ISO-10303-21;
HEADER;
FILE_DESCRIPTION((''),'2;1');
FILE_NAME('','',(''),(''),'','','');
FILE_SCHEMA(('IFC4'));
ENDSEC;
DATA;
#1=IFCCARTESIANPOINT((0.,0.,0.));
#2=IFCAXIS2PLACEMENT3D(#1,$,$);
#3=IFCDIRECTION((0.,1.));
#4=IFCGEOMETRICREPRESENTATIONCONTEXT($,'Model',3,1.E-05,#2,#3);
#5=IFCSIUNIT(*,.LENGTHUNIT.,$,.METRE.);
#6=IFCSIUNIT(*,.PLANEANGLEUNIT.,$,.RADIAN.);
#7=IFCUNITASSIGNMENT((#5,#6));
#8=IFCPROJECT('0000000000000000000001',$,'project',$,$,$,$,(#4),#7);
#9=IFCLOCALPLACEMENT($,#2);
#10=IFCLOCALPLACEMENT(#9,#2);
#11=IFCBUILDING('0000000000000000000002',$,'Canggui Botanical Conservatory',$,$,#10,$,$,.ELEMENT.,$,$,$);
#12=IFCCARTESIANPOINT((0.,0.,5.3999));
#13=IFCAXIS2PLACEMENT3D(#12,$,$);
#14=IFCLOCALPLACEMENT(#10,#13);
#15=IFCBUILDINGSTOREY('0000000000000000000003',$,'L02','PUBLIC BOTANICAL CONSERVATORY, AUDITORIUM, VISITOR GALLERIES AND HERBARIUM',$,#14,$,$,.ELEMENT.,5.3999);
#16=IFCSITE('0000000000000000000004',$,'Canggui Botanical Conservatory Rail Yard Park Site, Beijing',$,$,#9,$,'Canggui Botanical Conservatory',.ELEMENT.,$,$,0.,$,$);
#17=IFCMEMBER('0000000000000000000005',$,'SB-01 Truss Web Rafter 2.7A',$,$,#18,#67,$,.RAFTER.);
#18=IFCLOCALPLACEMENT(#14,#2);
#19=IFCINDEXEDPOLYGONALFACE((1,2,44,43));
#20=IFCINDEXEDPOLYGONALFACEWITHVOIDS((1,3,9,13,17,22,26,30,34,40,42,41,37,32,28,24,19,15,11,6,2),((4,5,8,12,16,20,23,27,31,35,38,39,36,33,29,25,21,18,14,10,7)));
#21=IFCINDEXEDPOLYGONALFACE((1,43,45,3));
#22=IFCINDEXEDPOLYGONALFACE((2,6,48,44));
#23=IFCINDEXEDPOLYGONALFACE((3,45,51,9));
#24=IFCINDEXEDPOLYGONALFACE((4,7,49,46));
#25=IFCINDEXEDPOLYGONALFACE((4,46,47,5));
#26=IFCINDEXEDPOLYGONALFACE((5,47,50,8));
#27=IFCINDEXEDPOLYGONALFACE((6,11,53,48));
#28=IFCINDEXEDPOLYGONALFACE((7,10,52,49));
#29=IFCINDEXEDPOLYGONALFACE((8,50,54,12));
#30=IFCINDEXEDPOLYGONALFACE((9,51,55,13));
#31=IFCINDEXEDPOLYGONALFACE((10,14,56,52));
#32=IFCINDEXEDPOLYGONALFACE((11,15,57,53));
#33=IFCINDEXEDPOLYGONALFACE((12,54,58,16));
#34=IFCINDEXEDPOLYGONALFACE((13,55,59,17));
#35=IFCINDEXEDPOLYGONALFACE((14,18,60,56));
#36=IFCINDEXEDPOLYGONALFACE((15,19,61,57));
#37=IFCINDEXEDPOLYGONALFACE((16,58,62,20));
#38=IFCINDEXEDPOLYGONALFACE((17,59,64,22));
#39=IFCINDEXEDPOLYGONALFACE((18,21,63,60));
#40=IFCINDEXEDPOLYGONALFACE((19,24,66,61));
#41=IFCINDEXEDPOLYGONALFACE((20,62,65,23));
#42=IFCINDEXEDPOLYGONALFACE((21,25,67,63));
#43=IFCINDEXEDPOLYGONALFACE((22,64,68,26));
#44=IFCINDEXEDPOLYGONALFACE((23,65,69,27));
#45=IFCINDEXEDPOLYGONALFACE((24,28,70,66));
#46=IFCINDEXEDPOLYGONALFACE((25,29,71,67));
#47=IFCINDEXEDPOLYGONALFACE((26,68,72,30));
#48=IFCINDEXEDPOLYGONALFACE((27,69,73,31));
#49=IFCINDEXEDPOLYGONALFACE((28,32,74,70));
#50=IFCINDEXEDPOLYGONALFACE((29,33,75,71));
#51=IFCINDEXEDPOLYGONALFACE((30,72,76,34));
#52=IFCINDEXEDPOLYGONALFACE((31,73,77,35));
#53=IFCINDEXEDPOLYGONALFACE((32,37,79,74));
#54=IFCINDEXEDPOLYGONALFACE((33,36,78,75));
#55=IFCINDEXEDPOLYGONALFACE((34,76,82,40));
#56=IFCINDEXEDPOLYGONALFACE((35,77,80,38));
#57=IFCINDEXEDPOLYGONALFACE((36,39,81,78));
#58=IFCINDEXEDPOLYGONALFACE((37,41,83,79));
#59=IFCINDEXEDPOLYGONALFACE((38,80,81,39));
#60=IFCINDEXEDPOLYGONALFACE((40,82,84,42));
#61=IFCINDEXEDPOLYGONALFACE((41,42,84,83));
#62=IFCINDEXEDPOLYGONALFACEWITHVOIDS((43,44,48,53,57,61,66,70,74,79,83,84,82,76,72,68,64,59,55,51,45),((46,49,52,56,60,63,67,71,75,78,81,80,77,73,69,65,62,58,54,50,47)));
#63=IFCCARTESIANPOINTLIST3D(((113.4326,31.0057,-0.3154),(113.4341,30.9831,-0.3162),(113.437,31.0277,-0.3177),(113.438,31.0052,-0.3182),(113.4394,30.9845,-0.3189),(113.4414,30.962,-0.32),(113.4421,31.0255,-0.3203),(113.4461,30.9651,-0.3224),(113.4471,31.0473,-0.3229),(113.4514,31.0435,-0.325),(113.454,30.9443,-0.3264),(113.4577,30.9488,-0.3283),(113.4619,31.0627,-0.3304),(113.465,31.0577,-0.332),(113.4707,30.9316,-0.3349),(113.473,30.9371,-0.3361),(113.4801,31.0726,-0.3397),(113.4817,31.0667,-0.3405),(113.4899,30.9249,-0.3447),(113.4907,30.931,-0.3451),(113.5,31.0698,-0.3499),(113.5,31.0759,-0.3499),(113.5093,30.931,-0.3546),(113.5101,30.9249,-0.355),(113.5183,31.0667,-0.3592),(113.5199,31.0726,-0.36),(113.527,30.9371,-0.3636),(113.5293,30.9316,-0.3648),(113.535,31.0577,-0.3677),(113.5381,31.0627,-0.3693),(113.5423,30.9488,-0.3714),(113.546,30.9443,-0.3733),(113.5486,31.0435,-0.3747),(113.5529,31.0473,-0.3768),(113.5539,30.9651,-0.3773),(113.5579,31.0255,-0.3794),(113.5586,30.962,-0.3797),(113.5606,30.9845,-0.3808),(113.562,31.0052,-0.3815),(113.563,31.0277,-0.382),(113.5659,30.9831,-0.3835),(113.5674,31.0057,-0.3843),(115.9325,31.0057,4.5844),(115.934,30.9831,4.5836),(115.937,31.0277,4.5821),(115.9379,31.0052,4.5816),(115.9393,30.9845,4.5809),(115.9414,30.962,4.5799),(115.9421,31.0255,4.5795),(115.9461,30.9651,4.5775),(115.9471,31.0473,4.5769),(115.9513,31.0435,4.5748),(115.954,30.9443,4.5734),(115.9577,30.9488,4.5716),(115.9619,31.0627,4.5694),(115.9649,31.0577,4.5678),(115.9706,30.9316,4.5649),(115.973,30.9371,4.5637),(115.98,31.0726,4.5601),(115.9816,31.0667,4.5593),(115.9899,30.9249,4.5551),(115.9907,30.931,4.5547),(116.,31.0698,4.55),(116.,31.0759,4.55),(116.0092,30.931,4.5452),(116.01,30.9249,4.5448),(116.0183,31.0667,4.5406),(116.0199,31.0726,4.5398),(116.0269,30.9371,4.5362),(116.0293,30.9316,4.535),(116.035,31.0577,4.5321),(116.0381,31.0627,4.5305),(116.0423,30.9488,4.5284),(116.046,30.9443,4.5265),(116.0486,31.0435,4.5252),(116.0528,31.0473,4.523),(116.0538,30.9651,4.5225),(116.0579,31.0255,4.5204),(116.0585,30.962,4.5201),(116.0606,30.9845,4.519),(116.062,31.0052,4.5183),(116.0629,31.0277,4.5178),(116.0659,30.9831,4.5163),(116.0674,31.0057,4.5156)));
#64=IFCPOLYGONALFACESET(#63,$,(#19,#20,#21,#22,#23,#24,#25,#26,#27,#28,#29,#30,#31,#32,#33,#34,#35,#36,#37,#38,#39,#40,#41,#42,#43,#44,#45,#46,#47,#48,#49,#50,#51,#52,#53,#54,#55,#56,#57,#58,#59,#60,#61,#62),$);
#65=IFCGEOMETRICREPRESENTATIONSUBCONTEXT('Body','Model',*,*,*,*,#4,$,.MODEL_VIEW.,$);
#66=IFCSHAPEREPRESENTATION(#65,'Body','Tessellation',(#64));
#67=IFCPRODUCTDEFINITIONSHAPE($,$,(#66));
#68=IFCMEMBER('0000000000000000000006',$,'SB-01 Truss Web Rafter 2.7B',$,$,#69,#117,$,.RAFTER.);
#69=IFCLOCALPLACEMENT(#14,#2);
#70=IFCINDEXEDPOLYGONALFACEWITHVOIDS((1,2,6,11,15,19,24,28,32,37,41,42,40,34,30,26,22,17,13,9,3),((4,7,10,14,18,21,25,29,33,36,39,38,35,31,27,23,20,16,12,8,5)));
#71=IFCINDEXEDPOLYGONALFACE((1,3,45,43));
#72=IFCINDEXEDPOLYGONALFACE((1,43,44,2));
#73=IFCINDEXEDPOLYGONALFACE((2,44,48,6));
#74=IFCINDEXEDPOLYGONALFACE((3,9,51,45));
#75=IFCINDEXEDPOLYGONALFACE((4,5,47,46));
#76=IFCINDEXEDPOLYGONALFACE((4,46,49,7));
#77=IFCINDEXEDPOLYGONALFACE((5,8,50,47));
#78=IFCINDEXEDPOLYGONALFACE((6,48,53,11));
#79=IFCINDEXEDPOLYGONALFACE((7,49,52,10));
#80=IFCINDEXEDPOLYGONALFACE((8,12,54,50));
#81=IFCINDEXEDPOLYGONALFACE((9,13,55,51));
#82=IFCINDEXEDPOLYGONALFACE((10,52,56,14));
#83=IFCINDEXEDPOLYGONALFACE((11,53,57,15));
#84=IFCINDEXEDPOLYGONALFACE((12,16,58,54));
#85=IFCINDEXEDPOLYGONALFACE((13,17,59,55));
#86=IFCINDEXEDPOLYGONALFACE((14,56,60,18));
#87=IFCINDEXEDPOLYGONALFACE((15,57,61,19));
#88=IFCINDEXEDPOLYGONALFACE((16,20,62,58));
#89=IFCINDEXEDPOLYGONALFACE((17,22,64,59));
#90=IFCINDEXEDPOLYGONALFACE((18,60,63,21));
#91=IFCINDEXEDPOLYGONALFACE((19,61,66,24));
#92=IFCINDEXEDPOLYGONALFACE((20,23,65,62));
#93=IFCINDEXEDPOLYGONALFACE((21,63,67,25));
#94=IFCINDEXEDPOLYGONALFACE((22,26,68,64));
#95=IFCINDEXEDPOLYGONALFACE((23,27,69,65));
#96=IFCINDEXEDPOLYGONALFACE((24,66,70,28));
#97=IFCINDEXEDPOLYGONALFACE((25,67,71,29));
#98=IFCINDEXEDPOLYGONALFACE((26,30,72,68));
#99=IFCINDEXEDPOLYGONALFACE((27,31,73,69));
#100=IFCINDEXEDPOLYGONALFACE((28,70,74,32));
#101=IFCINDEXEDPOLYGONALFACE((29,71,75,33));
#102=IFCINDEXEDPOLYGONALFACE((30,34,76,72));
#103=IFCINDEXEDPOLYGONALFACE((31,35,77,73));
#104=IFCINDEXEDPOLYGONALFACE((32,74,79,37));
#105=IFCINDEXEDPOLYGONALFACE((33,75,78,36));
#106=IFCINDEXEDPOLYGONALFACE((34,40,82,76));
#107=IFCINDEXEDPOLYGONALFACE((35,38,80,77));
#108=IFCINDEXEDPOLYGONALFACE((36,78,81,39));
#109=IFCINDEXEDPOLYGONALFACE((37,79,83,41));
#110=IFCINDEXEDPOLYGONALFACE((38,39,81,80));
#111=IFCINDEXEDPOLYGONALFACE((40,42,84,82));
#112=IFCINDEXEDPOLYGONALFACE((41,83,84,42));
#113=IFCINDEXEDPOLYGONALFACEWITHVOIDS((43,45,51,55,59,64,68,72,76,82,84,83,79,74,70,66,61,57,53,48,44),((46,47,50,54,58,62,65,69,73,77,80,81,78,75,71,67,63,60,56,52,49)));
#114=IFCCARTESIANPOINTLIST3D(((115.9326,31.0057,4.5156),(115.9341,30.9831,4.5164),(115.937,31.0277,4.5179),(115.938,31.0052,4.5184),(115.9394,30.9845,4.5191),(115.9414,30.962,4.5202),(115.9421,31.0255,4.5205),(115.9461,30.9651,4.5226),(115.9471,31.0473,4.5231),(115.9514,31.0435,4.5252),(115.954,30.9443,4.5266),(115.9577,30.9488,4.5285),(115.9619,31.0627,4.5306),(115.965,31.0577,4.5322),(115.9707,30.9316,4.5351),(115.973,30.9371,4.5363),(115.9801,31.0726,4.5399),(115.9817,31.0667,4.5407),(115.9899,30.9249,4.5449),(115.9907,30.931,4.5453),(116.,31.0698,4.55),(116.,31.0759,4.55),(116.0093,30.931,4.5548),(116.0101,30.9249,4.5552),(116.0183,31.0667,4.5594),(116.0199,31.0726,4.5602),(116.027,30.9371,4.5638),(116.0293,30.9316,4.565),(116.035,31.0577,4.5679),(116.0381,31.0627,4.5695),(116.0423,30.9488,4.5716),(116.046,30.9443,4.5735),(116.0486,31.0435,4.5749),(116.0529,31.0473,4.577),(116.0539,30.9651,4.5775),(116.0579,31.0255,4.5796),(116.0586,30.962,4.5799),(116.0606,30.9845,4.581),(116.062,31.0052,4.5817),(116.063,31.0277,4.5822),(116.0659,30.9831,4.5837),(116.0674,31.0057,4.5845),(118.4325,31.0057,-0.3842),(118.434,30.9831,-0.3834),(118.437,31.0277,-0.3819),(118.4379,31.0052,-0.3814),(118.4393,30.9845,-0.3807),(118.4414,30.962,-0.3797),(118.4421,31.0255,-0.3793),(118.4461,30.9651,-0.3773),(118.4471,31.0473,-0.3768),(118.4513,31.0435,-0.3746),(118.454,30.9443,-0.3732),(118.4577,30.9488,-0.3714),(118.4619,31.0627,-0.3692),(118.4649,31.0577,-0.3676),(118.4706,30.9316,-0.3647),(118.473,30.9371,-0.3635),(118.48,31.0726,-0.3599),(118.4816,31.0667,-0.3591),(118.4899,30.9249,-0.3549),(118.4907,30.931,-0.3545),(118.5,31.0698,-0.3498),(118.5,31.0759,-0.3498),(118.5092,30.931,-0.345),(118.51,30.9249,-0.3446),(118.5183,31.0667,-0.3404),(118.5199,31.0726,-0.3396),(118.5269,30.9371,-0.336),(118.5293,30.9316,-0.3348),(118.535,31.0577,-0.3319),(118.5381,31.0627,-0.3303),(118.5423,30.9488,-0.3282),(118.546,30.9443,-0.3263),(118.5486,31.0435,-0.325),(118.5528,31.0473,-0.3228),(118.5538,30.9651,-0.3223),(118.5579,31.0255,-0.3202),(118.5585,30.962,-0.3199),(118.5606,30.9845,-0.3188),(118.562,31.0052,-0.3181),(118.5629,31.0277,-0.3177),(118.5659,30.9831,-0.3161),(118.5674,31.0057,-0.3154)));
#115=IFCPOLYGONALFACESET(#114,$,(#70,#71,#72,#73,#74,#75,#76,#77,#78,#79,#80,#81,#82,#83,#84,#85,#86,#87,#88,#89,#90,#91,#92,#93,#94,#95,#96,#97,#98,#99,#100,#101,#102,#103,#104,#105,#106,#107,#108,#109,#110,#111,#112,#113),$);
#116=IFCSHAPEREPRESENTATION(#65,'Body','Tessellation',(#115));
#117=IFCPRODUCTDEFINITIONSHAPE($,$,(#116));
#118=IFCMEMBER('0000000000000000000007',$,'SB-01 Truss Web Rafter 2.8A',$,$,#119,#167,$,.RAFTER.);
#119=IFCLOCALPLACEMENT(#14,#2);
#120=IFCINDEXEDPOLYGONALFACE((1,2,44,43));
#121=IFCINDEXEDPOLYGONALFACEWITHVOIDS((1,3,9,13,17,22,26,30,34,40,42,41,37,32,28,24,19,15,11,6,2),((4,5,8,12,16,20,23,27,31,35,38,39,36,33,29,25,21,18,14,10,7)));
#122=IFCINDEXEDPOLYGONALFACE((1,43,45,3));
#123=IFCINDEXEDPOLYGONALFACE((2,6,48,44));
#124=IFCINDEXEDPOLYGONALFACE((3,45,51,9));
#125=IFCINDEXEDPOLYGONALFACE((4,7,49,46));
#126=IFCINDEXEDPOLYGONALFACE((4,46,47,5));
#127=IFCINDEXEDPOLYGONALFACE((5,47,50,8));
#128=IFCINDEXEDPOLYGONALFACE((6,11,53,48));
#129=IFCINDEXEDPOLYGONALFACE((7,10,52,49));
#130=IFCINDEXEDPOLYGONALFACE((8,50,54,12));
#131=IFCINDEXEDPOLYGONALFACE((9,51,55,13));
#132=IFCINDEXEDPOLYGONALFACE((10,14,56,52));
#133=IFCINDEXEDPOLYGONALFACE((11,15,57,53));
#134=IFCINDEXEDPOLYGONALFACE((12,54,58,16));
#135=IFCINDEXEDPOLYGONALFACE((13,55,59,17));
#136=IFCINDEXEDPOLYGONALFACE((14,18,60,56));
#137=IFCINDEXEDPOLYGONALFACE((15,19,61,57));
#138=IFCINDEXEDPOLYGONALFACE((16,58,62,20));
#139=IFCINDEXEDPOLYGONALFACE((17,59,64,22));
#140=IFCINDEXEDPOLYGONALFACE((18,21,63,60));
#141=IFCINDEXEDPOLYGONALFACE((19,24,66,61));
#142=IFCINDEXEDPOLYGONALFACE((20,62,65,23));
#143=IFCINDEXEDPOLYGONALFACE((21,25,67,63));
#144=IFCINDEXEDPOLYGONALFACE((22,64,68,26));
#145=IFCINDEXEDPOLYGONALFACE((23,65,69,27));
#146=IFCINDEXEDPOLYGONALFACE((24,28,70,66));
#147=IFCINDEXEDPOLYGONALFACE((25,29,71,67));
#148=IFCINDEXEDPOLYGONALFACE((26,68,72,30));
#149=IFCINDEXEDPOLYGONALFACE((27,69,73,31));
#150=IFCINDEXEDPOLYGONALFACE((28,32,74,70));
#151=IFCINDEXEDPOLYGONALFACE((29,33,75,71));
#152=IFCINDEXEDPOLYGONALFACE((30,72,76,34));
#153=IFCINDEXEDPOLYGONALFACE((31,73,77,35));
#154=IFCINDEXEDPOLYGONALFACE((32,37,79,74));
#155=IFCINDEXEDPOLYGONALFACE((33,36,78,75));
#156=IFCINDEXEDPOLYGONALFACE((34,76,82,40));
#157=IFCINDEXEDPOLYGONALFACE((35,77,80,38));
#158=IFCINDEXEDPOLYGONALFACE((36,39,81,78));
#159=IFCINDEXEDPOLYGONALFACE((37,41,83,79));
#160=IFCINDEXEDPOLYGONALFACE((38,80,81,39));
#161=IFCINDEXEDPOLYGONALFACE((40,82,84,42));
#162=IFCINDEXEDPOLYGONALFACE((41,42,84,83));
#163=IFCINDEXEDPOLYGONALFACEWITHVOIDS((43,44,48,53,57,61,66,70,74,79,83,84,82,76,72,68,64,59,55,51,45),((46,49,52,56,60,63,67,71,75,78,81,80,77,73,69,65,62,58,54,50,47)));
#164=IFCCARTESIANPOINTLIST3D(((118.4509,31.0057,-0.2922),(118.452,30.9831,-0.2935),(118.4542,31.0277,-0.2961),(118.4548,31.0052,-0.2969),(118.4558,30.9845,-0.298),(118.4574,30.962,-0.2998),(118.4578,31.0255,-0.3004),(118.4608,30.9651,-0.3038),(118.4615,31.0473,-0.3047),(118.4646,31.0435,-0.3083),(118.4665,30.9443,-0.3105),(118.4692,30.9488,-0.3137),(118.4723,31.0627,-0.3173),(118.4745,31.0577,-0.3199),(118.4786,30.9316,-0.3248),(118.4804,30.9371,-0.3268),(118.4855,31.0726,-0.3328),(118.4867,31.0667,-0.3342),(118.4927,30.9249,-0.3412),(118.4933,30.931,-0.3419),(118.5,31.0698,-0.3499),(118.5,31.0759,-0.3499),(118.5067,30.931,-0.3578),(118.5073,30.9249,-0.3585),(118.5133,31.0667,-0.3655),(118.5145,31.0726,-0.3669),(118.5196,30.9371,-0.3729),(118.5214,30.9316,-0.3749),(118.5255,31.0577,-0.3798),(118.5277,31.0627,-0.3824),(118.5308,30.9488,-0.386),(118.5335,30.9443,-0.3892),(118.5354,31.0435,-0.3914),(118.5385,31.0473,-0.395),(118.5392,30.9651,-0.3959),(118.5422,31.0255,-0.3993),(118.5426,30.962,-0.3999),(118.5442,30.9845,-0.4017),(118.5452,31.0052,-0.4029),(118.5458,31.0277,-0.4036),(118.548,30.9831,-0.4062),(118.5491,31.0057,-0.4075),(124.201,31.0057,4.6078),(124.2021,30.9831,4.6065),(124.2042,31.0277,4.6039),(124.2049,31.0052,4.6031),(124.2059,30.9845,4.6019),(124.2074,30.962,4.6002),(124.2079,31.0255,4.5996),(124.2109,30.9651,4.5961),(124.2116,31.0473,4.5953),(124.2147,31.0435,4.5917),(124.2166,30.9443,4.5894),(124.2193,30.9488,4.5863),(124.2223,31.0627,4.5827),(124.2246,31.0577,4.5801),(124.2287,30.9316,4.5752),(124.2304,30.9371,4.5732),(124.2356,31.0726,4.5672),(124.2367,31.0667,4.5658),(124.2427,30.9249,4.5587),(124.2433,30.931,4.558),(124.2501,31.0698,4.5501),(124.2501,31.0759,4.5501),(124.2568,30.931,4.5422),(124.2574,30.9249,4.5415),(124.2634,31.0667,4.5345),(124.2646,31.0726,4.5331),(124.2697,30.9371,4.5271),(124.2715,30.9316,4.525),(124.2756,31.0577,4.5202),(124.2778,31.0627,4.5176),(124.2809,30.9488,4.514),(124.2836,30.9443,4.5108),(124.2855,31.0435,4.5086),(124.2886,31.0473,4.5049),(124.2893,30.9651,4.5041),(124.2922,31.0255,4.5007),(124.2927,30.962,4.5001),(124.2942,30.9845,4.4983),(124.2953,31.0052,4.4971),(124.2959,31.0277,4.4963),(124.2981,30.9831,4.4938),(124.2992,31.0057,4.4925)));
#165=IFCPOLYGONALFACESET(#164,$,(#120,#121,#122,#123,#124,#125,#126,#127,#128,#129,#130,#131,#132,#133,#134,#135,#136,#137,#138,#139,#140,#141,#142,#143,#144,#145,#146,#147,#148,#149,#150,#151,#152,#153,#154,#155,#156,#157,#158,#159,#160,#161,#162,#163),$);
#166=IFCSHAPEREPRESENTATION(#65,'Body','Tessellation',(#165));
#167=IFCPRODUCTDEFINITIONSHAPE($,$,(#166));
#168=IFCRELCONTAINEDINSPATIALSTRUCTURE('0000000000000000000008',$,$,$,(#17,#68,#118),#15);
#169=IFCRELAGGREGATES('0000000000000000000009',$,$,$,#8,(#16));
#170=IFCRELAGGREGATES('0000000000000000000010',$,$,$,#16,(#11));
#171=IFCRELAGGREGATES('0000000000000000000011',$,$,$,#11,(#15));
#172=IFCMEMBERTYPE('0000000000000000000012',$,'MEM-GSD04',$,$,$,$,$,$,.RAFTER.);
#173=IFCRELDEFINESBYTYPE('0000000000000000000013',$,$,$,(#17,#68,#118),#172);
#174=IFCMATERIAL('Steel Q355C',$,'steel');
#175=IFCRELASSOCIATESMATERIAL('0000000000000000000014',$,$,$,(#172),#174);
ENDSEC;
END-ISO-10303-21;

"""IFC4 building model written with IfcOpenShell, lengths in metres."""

from ifc_helpers import new_model, si_unit, direction, frame, origin, origin_2d, place, context, subcontext, project, spatial, hollow_circle, extrude, material, material_profile, profile_set, type_object, element, save


model = new_model("IFC4")

# Units and contexts
model_context = context("Model", 3, precision=1e-05, world=origin(), true_north=direction((0.0, 1.0)))
body_context = subcontext(model_context, "Body", "Model", "MODEL_VIEW")
ifc_project = project(units=[si_unit("LENGTHUNIT", "METRE"), si_unit("PLANEANGLEUNIT", "RADIAN")], contexts=[model_context])

# Site, building, storey
site_placement = place(None, origin())
site = spatial("IfcSite", under=ifc_project, at=site_placement, Name="Canggui Botanical Conservatory Rail Yard Park Site, Beijing", LongName="Canggui Botanical Conservatory", CompositionType="ELEMENT", RefElevation=0.0)
building_placement = place(site_placement, origin())
building = spatial("IfcBuilding", under=site, at=building_placement, Name="Canggui Botanical Conservatory", CompositionType="ELEMENT")
storey_placement = place(building_placement, frame((0.0, 0.0, 5.3999)))
storey = spatial("IfcBuildingStorey", under=building, at=storey_placement, Name="L02", Description="PUBLIC BOTANICAL CONSERVATORY, AUDITORIUM, VISITOR GALLERIES AND HERBARIUM", CompositionType="ELEMENT", Elevation=5.3999)

# Members
ifc_material_1 = material(Name="Steel Q355C", Category="steel")
ifc_material_profile_1 = material_profile(ifc_material_1, hollow_circle(Radius=0.0759, WallThickness=0.0061, at=origin_2d()), Name="CHS 152x6")
ifc_profile_set_1 = profile_set([ifc_material_profile_1], Name="Steel Q355C")
member_type_1 = type_object("IfcMemberType", Name="MEM-GSD04", PredefinedType="RAFTER", material=ifc_profile_set_1)
for number, where, z_axis, x_axis, name in (
    (1, (113.5, 31.0, -0.3499), (0.454478, 0.0, 0.890758), (0.0, 1.0, 0.0), "SB-01 Truss Web Rafter 2.7A"),
    (2, (116.0, 31.0, 4.55), (0.454478, 0.0, -0.890758), (0.0, 1.0, 0.0), "SB-01 Truss Web Rafter 2.7B"),
):
    element("IfcMember", number, at=place(storey_placement, frame(where, z_axis=z_axis, x_axis=x_axis)), inside=storey, type_object=member_type_1, Name=name, PredefinedType="RAFTER", context=body_context, shape_type="SweptSolid", body=[
        extrude(hollow_circle(Radius=0.0759, WallThickness=0.0061, at=origin_2d()), origin(), (0.0, 0.0, 1.0), 5.5007),
    ])
member_1_placement = place(storey_placement, frame((118.5, 31.0, -0.3499), z_axis=(0.761129, 0.0, 0.648601), x_axis=(0.0, 1.0, 0.0)))
element("IfcMember", 3, at=member_1_placement, inside=storey, type_object=member_type_1, Name="SB-01 Truss Web Rafter 2.8A", PredefinedType="RAFTER", context=body_context, shape_type="SweptSolid", body=[
    extrude(hollow_circle(Radius=0.0759, WallThickness=0.0061, at=origin_2d()), origin(), (0.0, 0.0, 1.0), 7.5547),
])

save(model, "model.ifc")
